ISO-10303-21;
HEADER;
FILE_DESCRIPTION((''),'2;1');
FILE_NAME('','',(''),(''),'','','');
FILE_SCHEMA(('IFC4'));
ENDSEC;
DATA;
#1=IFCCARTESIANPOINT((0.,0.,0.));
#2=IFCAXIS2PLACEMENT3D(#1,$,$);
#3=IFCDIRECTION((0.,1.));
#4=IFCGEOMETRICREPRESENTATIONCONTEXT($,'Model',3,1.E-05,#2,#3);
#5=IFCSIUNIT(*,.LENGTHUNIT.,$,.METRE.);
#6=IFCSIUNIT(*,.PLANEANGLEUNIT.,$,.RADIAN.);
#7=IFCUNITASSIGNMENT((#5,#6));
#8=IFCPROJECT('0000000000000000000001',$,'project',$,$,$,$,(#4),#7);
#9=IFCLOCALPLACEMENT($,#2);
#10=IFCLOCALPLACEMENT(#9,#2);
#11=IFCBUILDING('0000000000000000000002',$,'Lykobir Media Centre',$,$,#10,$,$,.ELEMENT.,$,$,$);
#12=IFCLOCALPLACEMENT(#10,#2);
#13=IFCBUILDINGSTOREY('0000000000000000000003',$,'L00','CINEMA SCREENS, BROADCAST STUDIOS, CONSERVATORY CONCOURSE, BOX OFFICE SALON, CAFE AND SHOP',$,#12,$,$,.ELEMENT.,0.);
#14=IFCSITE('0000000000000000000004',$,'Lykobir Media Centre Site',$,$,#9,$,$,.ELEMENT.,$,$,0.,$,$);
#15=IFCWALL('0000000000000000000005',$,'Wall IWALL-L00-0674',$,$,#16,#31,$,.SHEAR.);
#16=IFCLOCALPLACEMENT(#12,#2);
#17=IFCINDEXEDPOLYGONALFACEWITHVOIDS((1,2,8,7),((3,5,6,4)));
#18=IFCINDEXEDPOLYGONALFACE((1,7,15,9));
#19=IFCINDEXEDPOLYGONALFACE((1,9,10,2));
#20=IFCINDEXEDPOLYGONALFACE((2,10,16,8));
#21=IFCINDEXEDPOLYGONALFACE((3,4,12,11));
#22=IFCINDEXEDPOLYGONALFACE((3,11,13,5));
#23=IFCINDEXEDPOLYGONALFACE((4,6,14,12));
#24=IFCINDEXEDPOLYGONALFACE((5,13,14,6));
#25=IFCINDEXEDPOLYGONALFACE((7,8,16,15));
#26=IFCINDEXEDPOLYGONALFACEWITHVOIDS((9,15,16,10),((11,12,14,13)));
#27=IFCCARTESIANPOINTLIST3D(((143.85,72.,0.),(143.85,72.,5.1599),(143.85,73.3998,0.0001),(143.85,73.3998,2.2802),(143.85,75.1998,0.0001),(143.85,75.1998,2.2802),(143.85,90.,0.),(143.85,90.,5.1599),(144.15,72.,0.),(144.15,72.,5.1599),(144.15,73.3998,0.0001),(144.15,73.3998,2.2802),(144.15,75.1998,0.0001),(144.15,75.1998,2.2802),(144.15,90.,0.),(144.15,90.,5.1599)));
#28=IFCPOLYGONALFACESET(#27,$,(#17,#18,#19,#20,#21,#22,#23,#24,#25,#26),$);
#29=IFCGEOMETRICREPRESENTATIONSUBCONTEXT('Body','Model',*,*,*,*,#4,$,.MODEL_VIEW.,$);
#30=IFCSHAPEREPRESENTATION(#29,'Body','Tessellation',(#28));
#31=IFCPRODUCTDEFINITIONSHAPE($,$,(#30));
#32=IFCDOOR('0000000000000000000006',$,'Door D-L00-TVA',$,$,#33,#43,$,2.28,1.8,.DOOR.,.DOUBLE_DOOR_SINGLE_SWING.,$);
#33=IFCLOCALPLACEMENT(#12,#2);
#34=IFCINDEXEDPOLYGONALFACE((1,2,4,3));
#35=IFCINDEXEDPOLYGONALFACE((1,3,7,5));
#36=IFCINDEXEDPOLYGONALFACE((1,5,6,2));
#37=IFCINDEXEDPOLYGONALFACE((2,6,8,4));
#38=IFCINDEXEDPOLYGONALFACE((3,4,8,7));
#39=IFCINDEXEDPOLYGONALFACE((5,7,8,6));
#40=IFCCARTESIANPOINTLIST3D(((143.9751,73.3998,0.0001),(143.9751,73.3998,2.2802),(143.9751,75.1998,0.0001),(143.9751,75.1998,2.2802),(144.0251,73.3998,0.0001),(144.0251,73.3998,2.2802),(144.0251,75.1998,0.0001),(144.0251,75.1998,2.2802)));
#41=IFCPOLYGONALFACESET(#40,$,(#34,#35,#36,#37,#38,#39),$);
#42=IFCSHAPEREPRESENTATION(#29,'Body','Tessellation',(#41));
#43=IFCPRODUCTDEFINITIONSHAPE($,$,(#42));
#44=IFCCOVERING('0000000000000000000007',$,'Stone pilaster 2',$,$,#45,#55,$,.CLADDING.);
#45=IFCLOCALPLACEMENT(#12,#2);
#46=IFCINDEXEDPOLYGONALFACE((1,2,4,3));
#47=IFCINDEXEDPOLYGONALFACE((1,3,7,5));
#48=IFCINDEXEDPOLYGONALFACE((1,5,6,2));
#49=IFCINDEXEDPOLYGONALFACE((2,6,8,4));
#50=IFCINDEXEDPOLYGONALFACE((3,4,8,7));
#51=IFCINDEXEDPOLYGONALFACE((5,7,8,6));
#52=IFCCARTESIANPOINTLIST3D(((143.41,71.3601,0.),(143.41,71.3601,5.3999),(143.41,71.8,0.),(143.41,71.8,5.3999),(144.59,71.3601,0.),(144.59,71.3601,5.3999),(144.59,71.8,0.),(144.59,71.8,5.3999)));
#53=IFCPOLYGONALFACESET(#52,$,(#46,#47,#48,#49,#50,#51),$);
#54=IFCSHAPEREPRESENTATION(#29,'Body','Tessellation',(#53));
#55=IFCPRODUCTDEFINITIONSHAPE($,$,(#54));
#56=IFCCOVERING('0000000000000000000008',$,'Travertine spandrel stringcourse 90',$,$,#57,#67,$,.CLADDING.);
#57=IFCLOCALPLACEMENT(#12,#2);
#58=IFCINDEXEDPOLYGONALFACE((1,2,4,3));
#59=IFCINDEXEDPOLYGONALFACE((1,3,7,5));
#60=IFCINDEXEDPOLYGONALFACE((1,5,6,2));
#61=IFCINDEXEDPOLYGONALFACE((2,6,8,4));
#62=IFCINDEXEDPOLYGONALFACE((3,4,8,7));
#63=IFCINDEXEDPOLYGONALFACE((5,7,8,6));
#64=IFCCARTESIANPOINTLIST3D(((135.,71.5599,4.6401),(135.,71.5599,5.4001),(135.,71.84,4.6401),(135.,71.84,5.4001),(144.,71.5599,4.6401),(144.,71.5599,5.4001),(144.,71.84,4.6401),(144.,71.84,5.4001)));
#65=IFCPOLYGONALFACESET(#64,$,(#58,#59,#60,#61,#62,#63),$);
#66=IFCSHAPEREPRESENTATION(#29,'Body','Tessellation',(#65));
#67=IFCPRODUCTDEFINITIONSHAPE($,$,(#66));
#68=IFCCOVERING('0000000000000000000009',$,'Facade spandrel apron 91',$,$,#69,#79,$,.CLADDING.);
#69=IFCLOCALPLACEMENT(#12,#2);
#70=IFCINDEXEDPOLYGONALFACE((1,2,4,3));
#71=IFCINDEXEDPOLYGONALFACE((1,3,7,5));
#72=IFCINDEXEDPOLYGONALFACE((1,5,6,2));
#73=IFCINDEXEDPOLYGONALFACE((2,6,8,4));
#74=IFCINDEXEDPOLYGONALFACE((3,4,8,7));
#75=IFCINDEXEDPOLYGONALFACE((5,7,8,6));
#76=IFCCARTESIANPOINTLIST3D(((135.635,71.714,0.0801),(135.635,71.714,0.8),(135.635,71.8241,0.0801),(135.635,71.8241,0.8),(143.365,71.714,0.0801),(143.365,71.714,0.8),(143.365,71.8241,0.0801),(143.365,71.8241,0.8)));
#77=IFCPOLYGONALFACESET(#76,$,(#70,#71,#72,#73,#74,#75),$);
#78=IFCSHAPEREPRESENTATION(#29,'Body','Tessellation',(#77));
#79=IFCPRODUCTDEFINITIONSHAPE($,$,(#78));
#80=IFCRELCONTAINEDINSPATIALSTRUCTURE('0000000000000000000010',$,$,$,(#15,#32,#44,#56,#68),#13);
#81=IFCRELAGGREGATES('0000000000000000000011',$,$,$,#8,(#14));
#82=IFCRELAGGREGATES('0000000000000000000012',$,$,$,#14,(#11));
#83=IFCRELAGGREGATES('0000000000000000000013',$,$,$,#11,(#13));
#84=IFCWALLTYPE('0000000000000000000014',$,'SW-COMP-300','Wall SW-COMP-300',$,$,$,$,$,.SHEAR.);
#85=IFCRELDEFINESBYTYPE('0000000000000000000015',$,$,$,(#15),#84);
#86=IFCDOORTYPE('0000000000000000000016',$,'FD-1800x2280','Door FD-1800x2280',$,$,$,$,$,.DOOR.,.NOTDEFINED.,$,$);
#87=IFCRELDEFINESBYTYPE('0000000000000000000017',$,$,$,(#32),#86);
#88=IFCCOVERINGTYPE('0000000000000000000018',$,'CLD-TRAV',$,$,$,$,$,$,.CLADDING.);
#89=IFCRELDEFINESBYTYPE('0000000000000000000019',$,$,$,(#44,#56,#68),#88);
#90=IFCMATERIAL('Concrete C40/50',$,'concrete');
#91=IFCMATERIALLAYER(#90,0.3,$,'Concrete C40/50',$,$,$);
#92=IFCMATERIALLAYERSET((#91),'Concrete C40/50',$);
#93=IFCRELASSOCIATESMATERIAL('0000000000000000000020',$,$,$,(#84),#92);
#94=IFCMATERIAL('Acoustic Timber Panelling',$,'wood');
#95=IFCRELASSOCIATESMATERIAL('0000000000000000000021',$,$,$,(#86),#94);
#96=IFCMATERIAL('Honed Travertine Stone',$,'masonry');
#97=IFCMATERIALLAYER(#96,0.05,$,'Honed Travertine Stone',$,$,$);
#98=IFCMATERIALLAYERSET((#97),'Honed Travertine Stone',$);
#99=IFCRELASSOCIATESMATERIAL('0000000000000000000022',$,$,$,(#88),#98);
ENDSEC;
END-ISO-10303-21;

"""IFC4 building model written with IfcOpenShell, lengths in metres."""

from ifc_helpers import new_model, si_unit, direction, frame, frame_2d, origin, origin_2d, place, context, subcontext, project, spatial, rectangle, extrude, material, layer, layer_set, type_object, element, fill, save


model = new_model("IFC4")

# Units and contexts
model_context = context("Model", 3, precision=1e-05, world=origin(), true_north=direction((0.0, 1.0)))
body_context = subcontext(model_context, "Body", "Model", "MODEL_VIEW")
ifc_project = project(units=[si_unit("LENGTHUNIT", "METRE"), si_unit("PLANEANGLEUNIT", "RADIAN")], contexts=[model_context])

# Site, building, storey
site_placement = place(None, origin())
site = spatial("IfcSite", under=ifc_project, at=site_placement, Name="Lykobir Media Centre Site", CompositionType="ELEMENT", RefElevation=0.0)
building_placement = place(site_placement, origin())
building = spatial("IfcBuilding", under=site, at=building_placement, Name="Lykobir Media Centre", CompositionType="ELEMENT")
storey_placement = place(building_placement, origin())
storey = spatial("IfcBuildingStorey", under=building, at=storey_placement, Name="L00", Description="CINEMA SCREENS, BROADCAST STUDIOS, CONSERVATORY CONCOURSE, BOX OFFICE SALON, CAFE AND SHOP", CompositionType="ELEMENT", Elevation=0.0)

# Shared definitions
ifc_material_1 = material(Name="Concrete C40/50", Category="concrete")

# Shared definitions
ifc_material_2 = material(Name="Honed Travertine Stone", Category="masonry")

# Wall, opening, door
ifc_layer_1 = layer(ifc_material_1, 0.3, Name="Concrete C40/50")
ifc_layer_set_1 = layer_set([ifc_layer_1], Name="Concrete C40/50")
wall_type_1 = type_object("IfcWallType", Name="SW-COMP-300", Description="Wall SW-COMP-300", PredefinedType="SHEAR", material=ifc_layer_set_1)
wall_1_placement = place(storey_placement, frame((144.0, 72.0, 0.0), z_axis=(0.0, 0.0, 1.0), x_axis=(0.0, 1.0, 0.0)))
wall_1 = element("IfcWall", 1, at=wall_1_placement, inside=storey, type_object=wall_type_1, Name="Wall IWALL-L00-0674", PredefinedType="SHEAR", context=body_context, shape_type="SweptSolid", body=[
    extrude(rectangle(XDim=18.0, YDim=0.3, at=frame_2d((9.0, 0.0))), origin(), (0.0, 0.0, 1.0), 5.1599),
])
opening_1_placement = place(wall_1_placement, frame((1.3999, 0.0, 0.0)))
opening_1 = element("IfcOpeningElement", 2, at=opening_1_placement, cuts=wall_1, PredefinedType="OPENING", context=body_context, shape_type="SweptSolid", body=[
    extrude(rectangle(XDim=1.8, YDim=2.28, at=frame_2d((0.8999, 1.1401))), frame((0.0, 0.1599, 0.0), z_axis=(0.0, -1.0, 0.0), x_axis=(1.0, 0.0, 0.0)), (0.0, 0.0, 1.0), 0.3201),
])
ifc_material_3 = material(Name="Acoustic Timber Panelling", Category="wood")
door_type_1 = type_object("IfcDoorType", Name="FD-1800x2280", Description="Door FD-1800x2280", OperationType="NOTDEFINED", PredefinedType="DOOR", material=ifc_material_3)
door_1_placement = place(opening_1_placement, origin())
door_1 = element("IfcDoor", 3, at=door_1_placement, inside=storey, type_object=door_type_1, Name="Door D-L00-TVA", OperationType="DOUBLE_DOOR_SINGLE_SWING", OverallHeight=2.28, OverallWidth=1.8, PredefinedType="DOOR", context=body_context, shape_type="SweptSolid", body=[
    extrude(rectangle(XDim=1.8, YDim=2.28, at=frame_2d((0.8999, 1.1401))), frame((0.0, 0.0249, 0.0), z_axis=(0.0, -1.0, 0.0), x_axis=(1.0, 0.0, 0.0)), (0.0, 0.0, 1.0), 0.05),
])
fill(opening_1, door_1)

# Coverings
ifc_layer_2 = layer(ifc_material_2, 0.05, Name="Honed Travertine Stone")
ifc_layer_set_2 = layer_set([ifc_layer_2], Name="Honed Travertine Stone")
covering_type = type_object("IfcCoveringType", Name="CLD-TRAV", PredefinedType="CLADDING", material=ifc_layer_set_2)
covering_1_placement = place(storey_placement, frame((144.0, 71.5801, 0.0), z_axis=(0.0, 0.0, 1.0), x_axis=(1.0, 0.0, 0.0)))
element("IfcCovering", 4, at=covering_1_placement, inside=storey, type_object=covering_type, Name="Stone pilaster 2", PredefinedType="CLADDING", context=body_context, shape_type="SweptSolid", body=[
    extrude(rectangle(XDim=1.1799, YDim=0.4399, at=origin_2d()), origin(), (0.0, 0.0, 1.0), 5.3999),
])
covering_2_placement = place(storey_placement, frame((139.5, 71.7, 4.6401), z_axis=(0.0, 0.0, 1.0), x_axis=(1.0, 0.0, 0.0)))
element("IfcCovering", 5, at=covering_2_placement, inside=storey, type_object=covering_type, Name="Travertine spandrel stringcourse 90", PredefinedType="CLADDING", context=body_context, shape_type="SweptSolid", body=[
    extrude(rectangle(XDim=9.0, YDim=0.28, at=origin_2d()), origin(), (0.0, 0.0, 1.0), 0.76),
])
covering_3_placement = place(storey_placement, frame((139.5, 71.769, 0.0801), z_axis=(0.0, 0.0, 1.0), x_axis=(1.0, 0.0, 0.0)))
element("IfcCovering", 6, at=covering_3_placement, inside=storey, type_object=covering_type, Name="Facade spandrel apron 91", PredefinedType="CLADDING", context=body_context, shape_type="SweptSolid", body=[
    extrude(rectangle(XDim=7.73, YDim=0.1101, at=origin_2d()), origin(), (0.0, 0.0, 1.0), 0.72),
])

save(model, "model.ifc")
